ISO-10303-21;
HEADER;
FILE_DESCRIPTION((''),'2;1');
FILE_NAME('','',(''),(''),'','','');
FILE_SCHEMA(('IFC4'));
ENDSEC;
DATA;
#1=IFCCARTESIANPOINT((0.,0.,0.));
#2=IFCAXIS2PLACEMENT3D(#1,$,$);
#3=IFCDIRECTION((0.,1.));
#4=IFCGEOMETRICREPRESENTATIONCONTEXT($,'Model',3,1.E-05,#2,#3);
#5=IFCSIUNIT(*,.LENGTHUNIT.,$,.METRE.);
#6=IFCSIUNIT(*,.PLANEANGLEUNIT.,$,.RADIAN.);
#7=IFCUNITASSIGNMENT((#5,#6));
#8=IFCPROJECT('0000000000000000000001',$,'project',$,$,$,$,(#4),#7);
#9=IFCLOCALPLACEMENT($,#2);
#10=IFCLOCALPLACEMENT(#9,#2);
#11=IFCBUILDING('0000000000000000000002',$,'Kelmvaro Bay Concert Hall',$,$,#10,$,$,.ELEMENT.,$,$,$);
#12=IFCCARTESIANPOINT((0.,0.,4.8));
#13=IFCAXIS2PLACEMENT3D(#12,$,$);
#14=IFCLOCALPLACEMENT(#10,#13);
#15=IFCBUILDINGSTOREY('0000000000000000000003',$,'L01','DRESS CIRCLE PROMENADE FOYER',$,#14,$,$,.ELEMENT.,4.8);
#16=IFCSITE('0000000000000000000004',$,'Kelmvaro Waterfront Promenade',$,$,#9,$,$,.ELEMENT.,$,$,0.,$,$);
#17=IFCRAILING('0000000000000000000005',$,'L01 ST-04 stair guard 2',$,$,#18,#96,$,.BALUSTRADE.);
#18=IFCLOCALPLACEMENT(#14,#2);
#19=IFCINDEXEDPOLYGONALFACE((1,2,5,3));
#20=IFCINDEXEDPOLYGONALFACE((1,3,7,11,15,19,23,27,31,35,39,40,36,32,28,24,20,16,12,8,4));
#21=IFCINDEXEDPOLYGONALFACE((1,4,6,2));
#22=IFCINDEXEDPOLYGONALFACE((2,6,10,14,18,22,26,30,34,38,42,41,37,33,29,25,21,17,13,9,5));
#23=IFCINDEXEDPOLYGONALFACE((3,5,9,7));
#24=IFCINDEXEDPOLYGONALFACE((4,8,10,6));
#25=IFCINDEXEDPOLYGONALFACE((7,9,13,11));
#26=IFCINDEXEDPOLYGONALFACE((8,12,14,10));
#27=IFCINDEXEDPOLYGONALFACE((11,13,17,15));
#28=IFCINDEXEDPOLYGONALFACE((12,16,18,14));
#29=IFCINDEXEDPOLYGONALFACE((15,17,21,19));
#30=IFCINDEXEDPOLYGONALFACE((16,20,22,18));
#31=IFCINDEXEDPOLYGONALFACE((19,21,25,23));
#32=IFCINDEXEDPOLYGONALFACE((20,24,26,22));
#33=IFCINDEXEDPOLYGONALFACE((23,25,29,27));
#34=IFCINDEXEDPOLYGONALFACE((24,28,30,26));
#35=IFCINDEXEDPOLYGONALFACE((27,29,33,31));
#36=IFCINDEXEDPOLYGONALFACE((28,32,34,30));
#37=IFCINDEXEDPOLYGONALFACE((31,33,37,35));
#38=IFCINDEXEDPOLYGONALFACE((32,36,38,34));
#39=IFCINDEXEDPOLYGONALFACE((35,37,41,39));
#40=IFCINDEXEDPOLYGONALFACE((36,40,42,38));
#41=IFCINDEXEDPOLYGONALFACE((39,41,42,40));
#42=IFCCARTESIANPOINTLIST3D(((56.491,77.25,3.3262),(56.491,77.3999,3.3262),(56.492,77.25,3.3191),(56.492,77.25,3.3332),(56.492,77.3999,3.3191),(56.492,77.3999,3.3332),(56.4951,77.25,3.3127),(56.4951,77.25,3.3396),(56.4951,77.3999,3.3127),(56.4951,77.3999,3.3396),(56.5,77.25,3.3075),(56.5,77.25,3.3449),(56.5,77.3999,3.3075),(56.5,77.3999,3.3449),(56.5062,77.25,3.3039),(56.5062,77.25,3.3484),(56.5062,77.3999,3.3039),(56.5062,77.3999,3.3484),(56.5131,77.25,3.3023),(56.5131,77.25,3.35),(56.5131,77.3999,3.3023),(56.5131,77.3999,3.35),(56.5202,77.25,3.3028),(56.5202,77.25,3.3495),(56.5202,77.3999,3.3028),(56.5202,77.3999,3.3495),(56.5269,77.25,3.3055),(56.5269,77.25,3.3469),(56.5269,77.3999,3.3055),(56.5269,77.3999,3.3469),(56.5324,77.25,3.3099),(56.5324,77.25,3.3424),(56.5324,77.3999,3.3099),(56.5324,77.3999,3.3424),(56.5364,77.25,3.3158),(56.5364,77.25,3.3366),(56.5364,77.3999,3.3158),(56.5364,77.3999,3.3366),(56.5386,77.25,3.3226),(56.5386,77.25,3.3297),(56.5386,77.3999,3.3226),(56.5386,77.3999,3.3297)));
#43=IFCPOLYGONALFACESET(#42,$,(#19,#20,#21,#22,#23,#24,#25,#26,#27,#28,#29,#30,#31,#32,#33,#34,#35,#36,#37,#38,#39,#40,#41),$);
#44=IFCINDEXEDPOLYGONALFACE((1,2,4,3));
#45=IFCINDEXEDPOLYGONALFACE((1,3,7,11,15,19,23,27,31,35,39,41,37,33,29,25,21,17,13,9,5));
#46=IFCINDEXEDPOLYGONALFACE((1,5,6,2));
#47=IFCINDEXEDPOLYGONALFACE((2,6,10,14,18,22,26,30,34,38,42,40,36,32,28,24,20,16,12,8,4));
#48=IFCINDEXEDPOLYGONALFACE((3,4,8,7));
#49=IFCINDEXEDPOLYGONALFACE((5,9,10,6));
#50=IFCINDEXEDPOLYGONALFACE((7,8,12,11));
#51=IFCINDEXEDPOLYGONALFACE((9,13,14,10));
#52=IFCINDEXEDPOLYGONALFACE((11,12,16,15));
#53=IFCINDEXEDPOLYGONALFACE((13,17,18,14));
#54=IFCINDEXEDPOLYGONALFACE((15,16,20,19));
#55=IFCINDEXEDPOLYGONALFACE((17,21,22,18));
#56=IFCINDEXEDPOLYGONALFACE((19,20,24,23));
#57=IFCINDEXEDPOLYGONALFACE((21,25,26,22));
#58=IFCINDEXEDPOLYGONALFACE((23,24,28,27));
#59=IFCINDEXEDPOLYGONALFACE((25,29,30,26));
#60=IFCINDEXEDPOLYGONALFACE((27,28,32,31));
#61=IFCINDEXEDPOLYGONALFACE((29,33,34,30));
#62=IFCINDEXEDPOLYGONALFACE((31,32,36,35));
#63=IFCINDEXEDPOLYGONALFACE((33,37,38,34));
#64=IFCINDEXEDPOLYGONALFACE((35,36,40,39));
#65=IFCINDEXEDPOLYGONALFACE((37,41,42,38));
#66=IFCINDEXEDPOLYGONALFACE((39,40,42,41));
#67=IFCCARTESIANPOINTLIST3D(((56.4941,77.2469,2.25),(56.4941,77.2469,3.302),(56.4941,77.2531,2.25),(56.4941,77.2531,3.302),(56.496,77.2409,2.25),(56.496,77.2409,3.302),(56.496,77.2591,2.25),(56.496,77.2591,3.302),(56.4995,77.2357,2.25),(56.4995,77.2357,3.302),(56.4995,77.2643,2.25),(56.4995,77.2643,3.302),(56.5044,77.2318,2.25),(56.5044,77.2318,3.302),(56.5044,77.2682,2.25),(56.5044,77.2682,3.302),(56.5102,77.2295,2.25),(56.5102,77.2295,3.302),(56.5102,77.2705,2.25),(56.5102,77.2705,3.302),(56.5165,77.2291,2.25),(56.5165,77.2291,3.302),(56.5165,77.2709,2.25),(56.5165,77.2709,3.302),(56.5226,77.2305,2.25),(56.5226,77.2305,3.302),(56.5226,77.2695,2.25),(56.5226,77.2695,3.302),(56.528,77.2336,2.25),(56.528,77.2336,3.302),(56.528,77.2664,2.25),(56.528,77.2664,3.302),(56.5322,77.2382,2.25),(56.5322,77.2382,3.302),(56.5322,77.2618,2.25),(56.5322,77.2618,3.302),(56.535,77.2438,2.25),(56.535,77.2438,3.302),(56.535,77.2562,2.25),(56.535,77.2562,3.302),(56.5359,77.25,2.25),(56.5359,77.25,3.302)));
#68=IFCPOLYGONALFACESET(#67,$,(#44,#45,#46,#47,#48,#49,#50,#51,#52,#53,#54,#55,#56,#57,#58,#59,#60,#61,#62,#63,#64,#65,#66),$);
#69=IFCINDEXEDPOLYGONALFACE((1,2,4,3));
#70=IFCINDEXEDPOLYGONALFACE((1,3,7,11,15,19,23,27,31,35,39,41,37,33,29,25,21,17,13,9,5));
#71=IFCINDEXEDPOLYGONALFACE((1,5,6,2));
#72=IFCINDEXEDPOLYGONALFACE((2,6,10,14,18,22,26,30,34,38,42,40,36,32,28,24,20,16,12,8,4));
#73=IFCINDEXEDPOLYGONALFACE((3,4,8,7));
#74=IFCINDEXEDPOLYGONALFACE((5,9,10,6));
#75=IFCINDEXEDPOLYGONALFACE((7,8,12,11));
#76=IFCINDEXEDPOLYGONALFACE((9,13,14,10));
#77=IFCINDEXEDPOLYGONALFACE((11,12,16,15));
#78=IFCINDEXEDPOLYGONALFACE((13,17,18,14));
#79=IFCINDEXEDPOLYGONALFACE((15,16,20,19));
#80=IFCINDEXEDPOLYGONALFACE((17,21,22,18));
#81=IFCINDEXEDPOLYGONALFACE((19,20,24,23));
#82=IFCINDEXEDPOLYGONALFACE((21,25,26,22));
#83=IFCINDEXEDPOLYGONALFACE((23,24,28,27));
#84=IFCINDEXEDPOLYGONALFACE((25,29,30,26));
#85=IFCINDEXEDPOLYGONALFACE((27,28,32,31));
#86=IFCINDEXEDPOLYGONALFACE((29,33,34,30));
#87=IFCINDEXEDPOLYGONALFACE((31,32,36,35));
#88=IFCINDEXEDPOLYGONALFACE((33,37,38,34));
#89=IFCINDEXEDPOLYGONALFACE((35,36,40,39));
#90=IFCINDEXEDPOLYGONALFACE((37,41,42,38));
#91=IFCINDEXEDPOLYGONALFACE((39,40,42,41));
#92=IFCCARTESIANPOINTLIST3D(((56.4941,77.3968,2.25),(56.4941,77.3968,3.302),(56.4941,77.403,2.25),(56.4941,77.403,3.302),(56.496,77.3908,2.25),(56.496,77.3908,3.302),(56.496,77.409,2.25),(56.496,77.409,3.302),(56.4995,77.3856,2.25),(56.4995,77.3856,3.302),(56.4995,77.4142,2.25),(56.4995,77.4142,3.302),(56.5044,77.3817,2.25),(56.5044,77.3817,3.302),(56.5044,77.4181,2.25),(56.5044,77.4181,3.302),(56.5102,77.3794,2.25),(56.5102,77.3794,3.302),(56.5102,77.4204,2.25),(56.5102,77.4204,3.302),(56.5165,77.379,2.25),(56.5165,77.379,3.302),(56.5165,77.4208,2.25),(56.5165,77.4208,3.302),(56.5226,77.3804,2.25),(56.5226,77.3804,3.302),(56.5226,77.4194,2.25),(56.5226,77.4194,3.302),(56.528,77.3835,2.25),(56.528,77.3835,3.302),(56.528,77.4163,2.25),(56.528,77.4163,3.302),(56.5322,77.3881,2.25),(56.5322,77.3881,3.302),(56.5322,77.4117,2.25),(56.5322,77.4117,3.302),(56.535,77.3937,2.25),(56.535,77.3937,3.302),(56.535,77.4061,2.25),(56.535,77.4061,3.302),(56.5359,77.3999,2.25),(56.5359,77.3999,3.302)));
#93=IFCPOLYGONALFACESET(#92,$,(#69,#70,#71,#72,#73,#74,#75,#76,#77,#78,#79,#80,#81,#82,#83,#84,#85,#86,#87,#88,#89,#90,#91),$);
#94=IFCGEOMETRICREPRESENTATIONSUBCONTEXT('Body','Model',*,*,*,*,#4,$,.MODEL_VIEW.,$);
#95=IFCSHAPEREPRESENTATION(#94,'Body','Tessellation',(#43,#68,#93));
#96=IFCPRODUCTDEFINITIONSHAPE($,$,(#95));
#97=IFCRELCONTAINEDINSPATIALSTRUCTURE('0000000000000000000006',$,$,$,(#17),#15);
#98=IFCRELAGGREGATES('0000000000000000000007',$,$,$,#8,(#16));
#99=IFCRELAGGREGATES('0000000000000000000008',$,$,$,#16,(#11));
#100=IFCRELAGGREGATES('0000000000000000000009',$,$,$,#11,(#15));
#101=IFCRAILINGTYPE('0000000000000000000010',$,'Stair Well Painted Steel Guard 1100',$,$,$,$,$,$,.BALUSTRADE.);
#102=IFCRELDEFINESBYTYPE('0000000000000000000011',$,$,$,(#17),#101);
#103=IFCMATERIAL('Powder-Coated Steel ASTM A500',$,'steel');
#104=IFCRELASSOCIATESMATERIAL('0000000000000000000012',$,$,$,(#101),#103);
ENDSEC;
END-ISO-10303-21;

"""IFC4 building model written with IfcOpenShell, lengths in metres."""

from ifc_helpers import new_model, si_unit, direction, frame, origin, origin_2d, place, context, subcontext, project, spatial, circle, extrude, material, type_object, element, save


model = new_model("IFC4")

# Units and contexts
model_context = context("Model", 3, precision=1e-05, world=origin(), true_north=direction((0.0, 1.0)))
body_context = subcontext(model_context, "Body", "Model", "MODEL_VIEW")
ifc_project = project(units=[si_unit("LENGTHUNIT", "METRE"), si_unit("PLANEANGLEUNIT", "RADIAN")], contexts=[model_context])

# Site, building, storey
site_placement = place(None, origin())
site = spatial("IfcSite", under=ifc_project, at=site_placement, Name="Kelmvaro Waterfront Promenade", CompositionType="ELEMENT", RefElevation=0.0)
building_placement = place(site_placement, origin())
building = spatial("IfcBuilding", under=site, at=building_placement, Name="Kelmvaro Bay Concert Hall", CompositionType="ELEMENT")
storey_placement = place(building_placement, frame((0.0, 0.0, 4.8)))
storey = spatial("IfcBuildingStorey", under=building, at=storey_placement, Name="L01", Description="DRESS CIRCLE PROMENADE FOYER", CompositionType="ELEMENT", Elevation=4.8)

# Railing
ifc_material_1 = material(Name="Powder-Coated Steel ASTM A500", Category="steel")
railing_type_1 = type_object("IfcRailingType", Name="Stair Well Painted Steel Guard 1100", PredefinedType="BALUSTRADE", material=ifc_material_1)
railing_1_placement = place(storey_placement, frame((56.5149, 77.25, 2.25)))
element("IfcRailing", 1, at=railing_1_placement, inside=storey, type_object=railing_type_1, Name="L01 ST-04 stair guard 2", PredefinedType="BALUSTRADE", context=body_context, shape_type="SweptSolid", body=[
    extrude(circle(Radius=0.0239, at=origin_2d()), frame((0.0, 0.0, 1.0762), z_axis=(0.0, 1.0, 0.0), x_axis=(-1.0, 0.0, 0.0)), (0.0, 0.0, 1.0), 0.1499),
    extrude(circle(Radius=0.021, at=origin_2d()), origin(), (0.0, 0.0, 1.0), 1.052),
    extrude(circle(Radius=0.021, at=origin_2d()), frame((0.0, 0.1499, 0.0)), (0.0, 0.0, 1.0), 1.052),
])

save(model, "model.ifc")
